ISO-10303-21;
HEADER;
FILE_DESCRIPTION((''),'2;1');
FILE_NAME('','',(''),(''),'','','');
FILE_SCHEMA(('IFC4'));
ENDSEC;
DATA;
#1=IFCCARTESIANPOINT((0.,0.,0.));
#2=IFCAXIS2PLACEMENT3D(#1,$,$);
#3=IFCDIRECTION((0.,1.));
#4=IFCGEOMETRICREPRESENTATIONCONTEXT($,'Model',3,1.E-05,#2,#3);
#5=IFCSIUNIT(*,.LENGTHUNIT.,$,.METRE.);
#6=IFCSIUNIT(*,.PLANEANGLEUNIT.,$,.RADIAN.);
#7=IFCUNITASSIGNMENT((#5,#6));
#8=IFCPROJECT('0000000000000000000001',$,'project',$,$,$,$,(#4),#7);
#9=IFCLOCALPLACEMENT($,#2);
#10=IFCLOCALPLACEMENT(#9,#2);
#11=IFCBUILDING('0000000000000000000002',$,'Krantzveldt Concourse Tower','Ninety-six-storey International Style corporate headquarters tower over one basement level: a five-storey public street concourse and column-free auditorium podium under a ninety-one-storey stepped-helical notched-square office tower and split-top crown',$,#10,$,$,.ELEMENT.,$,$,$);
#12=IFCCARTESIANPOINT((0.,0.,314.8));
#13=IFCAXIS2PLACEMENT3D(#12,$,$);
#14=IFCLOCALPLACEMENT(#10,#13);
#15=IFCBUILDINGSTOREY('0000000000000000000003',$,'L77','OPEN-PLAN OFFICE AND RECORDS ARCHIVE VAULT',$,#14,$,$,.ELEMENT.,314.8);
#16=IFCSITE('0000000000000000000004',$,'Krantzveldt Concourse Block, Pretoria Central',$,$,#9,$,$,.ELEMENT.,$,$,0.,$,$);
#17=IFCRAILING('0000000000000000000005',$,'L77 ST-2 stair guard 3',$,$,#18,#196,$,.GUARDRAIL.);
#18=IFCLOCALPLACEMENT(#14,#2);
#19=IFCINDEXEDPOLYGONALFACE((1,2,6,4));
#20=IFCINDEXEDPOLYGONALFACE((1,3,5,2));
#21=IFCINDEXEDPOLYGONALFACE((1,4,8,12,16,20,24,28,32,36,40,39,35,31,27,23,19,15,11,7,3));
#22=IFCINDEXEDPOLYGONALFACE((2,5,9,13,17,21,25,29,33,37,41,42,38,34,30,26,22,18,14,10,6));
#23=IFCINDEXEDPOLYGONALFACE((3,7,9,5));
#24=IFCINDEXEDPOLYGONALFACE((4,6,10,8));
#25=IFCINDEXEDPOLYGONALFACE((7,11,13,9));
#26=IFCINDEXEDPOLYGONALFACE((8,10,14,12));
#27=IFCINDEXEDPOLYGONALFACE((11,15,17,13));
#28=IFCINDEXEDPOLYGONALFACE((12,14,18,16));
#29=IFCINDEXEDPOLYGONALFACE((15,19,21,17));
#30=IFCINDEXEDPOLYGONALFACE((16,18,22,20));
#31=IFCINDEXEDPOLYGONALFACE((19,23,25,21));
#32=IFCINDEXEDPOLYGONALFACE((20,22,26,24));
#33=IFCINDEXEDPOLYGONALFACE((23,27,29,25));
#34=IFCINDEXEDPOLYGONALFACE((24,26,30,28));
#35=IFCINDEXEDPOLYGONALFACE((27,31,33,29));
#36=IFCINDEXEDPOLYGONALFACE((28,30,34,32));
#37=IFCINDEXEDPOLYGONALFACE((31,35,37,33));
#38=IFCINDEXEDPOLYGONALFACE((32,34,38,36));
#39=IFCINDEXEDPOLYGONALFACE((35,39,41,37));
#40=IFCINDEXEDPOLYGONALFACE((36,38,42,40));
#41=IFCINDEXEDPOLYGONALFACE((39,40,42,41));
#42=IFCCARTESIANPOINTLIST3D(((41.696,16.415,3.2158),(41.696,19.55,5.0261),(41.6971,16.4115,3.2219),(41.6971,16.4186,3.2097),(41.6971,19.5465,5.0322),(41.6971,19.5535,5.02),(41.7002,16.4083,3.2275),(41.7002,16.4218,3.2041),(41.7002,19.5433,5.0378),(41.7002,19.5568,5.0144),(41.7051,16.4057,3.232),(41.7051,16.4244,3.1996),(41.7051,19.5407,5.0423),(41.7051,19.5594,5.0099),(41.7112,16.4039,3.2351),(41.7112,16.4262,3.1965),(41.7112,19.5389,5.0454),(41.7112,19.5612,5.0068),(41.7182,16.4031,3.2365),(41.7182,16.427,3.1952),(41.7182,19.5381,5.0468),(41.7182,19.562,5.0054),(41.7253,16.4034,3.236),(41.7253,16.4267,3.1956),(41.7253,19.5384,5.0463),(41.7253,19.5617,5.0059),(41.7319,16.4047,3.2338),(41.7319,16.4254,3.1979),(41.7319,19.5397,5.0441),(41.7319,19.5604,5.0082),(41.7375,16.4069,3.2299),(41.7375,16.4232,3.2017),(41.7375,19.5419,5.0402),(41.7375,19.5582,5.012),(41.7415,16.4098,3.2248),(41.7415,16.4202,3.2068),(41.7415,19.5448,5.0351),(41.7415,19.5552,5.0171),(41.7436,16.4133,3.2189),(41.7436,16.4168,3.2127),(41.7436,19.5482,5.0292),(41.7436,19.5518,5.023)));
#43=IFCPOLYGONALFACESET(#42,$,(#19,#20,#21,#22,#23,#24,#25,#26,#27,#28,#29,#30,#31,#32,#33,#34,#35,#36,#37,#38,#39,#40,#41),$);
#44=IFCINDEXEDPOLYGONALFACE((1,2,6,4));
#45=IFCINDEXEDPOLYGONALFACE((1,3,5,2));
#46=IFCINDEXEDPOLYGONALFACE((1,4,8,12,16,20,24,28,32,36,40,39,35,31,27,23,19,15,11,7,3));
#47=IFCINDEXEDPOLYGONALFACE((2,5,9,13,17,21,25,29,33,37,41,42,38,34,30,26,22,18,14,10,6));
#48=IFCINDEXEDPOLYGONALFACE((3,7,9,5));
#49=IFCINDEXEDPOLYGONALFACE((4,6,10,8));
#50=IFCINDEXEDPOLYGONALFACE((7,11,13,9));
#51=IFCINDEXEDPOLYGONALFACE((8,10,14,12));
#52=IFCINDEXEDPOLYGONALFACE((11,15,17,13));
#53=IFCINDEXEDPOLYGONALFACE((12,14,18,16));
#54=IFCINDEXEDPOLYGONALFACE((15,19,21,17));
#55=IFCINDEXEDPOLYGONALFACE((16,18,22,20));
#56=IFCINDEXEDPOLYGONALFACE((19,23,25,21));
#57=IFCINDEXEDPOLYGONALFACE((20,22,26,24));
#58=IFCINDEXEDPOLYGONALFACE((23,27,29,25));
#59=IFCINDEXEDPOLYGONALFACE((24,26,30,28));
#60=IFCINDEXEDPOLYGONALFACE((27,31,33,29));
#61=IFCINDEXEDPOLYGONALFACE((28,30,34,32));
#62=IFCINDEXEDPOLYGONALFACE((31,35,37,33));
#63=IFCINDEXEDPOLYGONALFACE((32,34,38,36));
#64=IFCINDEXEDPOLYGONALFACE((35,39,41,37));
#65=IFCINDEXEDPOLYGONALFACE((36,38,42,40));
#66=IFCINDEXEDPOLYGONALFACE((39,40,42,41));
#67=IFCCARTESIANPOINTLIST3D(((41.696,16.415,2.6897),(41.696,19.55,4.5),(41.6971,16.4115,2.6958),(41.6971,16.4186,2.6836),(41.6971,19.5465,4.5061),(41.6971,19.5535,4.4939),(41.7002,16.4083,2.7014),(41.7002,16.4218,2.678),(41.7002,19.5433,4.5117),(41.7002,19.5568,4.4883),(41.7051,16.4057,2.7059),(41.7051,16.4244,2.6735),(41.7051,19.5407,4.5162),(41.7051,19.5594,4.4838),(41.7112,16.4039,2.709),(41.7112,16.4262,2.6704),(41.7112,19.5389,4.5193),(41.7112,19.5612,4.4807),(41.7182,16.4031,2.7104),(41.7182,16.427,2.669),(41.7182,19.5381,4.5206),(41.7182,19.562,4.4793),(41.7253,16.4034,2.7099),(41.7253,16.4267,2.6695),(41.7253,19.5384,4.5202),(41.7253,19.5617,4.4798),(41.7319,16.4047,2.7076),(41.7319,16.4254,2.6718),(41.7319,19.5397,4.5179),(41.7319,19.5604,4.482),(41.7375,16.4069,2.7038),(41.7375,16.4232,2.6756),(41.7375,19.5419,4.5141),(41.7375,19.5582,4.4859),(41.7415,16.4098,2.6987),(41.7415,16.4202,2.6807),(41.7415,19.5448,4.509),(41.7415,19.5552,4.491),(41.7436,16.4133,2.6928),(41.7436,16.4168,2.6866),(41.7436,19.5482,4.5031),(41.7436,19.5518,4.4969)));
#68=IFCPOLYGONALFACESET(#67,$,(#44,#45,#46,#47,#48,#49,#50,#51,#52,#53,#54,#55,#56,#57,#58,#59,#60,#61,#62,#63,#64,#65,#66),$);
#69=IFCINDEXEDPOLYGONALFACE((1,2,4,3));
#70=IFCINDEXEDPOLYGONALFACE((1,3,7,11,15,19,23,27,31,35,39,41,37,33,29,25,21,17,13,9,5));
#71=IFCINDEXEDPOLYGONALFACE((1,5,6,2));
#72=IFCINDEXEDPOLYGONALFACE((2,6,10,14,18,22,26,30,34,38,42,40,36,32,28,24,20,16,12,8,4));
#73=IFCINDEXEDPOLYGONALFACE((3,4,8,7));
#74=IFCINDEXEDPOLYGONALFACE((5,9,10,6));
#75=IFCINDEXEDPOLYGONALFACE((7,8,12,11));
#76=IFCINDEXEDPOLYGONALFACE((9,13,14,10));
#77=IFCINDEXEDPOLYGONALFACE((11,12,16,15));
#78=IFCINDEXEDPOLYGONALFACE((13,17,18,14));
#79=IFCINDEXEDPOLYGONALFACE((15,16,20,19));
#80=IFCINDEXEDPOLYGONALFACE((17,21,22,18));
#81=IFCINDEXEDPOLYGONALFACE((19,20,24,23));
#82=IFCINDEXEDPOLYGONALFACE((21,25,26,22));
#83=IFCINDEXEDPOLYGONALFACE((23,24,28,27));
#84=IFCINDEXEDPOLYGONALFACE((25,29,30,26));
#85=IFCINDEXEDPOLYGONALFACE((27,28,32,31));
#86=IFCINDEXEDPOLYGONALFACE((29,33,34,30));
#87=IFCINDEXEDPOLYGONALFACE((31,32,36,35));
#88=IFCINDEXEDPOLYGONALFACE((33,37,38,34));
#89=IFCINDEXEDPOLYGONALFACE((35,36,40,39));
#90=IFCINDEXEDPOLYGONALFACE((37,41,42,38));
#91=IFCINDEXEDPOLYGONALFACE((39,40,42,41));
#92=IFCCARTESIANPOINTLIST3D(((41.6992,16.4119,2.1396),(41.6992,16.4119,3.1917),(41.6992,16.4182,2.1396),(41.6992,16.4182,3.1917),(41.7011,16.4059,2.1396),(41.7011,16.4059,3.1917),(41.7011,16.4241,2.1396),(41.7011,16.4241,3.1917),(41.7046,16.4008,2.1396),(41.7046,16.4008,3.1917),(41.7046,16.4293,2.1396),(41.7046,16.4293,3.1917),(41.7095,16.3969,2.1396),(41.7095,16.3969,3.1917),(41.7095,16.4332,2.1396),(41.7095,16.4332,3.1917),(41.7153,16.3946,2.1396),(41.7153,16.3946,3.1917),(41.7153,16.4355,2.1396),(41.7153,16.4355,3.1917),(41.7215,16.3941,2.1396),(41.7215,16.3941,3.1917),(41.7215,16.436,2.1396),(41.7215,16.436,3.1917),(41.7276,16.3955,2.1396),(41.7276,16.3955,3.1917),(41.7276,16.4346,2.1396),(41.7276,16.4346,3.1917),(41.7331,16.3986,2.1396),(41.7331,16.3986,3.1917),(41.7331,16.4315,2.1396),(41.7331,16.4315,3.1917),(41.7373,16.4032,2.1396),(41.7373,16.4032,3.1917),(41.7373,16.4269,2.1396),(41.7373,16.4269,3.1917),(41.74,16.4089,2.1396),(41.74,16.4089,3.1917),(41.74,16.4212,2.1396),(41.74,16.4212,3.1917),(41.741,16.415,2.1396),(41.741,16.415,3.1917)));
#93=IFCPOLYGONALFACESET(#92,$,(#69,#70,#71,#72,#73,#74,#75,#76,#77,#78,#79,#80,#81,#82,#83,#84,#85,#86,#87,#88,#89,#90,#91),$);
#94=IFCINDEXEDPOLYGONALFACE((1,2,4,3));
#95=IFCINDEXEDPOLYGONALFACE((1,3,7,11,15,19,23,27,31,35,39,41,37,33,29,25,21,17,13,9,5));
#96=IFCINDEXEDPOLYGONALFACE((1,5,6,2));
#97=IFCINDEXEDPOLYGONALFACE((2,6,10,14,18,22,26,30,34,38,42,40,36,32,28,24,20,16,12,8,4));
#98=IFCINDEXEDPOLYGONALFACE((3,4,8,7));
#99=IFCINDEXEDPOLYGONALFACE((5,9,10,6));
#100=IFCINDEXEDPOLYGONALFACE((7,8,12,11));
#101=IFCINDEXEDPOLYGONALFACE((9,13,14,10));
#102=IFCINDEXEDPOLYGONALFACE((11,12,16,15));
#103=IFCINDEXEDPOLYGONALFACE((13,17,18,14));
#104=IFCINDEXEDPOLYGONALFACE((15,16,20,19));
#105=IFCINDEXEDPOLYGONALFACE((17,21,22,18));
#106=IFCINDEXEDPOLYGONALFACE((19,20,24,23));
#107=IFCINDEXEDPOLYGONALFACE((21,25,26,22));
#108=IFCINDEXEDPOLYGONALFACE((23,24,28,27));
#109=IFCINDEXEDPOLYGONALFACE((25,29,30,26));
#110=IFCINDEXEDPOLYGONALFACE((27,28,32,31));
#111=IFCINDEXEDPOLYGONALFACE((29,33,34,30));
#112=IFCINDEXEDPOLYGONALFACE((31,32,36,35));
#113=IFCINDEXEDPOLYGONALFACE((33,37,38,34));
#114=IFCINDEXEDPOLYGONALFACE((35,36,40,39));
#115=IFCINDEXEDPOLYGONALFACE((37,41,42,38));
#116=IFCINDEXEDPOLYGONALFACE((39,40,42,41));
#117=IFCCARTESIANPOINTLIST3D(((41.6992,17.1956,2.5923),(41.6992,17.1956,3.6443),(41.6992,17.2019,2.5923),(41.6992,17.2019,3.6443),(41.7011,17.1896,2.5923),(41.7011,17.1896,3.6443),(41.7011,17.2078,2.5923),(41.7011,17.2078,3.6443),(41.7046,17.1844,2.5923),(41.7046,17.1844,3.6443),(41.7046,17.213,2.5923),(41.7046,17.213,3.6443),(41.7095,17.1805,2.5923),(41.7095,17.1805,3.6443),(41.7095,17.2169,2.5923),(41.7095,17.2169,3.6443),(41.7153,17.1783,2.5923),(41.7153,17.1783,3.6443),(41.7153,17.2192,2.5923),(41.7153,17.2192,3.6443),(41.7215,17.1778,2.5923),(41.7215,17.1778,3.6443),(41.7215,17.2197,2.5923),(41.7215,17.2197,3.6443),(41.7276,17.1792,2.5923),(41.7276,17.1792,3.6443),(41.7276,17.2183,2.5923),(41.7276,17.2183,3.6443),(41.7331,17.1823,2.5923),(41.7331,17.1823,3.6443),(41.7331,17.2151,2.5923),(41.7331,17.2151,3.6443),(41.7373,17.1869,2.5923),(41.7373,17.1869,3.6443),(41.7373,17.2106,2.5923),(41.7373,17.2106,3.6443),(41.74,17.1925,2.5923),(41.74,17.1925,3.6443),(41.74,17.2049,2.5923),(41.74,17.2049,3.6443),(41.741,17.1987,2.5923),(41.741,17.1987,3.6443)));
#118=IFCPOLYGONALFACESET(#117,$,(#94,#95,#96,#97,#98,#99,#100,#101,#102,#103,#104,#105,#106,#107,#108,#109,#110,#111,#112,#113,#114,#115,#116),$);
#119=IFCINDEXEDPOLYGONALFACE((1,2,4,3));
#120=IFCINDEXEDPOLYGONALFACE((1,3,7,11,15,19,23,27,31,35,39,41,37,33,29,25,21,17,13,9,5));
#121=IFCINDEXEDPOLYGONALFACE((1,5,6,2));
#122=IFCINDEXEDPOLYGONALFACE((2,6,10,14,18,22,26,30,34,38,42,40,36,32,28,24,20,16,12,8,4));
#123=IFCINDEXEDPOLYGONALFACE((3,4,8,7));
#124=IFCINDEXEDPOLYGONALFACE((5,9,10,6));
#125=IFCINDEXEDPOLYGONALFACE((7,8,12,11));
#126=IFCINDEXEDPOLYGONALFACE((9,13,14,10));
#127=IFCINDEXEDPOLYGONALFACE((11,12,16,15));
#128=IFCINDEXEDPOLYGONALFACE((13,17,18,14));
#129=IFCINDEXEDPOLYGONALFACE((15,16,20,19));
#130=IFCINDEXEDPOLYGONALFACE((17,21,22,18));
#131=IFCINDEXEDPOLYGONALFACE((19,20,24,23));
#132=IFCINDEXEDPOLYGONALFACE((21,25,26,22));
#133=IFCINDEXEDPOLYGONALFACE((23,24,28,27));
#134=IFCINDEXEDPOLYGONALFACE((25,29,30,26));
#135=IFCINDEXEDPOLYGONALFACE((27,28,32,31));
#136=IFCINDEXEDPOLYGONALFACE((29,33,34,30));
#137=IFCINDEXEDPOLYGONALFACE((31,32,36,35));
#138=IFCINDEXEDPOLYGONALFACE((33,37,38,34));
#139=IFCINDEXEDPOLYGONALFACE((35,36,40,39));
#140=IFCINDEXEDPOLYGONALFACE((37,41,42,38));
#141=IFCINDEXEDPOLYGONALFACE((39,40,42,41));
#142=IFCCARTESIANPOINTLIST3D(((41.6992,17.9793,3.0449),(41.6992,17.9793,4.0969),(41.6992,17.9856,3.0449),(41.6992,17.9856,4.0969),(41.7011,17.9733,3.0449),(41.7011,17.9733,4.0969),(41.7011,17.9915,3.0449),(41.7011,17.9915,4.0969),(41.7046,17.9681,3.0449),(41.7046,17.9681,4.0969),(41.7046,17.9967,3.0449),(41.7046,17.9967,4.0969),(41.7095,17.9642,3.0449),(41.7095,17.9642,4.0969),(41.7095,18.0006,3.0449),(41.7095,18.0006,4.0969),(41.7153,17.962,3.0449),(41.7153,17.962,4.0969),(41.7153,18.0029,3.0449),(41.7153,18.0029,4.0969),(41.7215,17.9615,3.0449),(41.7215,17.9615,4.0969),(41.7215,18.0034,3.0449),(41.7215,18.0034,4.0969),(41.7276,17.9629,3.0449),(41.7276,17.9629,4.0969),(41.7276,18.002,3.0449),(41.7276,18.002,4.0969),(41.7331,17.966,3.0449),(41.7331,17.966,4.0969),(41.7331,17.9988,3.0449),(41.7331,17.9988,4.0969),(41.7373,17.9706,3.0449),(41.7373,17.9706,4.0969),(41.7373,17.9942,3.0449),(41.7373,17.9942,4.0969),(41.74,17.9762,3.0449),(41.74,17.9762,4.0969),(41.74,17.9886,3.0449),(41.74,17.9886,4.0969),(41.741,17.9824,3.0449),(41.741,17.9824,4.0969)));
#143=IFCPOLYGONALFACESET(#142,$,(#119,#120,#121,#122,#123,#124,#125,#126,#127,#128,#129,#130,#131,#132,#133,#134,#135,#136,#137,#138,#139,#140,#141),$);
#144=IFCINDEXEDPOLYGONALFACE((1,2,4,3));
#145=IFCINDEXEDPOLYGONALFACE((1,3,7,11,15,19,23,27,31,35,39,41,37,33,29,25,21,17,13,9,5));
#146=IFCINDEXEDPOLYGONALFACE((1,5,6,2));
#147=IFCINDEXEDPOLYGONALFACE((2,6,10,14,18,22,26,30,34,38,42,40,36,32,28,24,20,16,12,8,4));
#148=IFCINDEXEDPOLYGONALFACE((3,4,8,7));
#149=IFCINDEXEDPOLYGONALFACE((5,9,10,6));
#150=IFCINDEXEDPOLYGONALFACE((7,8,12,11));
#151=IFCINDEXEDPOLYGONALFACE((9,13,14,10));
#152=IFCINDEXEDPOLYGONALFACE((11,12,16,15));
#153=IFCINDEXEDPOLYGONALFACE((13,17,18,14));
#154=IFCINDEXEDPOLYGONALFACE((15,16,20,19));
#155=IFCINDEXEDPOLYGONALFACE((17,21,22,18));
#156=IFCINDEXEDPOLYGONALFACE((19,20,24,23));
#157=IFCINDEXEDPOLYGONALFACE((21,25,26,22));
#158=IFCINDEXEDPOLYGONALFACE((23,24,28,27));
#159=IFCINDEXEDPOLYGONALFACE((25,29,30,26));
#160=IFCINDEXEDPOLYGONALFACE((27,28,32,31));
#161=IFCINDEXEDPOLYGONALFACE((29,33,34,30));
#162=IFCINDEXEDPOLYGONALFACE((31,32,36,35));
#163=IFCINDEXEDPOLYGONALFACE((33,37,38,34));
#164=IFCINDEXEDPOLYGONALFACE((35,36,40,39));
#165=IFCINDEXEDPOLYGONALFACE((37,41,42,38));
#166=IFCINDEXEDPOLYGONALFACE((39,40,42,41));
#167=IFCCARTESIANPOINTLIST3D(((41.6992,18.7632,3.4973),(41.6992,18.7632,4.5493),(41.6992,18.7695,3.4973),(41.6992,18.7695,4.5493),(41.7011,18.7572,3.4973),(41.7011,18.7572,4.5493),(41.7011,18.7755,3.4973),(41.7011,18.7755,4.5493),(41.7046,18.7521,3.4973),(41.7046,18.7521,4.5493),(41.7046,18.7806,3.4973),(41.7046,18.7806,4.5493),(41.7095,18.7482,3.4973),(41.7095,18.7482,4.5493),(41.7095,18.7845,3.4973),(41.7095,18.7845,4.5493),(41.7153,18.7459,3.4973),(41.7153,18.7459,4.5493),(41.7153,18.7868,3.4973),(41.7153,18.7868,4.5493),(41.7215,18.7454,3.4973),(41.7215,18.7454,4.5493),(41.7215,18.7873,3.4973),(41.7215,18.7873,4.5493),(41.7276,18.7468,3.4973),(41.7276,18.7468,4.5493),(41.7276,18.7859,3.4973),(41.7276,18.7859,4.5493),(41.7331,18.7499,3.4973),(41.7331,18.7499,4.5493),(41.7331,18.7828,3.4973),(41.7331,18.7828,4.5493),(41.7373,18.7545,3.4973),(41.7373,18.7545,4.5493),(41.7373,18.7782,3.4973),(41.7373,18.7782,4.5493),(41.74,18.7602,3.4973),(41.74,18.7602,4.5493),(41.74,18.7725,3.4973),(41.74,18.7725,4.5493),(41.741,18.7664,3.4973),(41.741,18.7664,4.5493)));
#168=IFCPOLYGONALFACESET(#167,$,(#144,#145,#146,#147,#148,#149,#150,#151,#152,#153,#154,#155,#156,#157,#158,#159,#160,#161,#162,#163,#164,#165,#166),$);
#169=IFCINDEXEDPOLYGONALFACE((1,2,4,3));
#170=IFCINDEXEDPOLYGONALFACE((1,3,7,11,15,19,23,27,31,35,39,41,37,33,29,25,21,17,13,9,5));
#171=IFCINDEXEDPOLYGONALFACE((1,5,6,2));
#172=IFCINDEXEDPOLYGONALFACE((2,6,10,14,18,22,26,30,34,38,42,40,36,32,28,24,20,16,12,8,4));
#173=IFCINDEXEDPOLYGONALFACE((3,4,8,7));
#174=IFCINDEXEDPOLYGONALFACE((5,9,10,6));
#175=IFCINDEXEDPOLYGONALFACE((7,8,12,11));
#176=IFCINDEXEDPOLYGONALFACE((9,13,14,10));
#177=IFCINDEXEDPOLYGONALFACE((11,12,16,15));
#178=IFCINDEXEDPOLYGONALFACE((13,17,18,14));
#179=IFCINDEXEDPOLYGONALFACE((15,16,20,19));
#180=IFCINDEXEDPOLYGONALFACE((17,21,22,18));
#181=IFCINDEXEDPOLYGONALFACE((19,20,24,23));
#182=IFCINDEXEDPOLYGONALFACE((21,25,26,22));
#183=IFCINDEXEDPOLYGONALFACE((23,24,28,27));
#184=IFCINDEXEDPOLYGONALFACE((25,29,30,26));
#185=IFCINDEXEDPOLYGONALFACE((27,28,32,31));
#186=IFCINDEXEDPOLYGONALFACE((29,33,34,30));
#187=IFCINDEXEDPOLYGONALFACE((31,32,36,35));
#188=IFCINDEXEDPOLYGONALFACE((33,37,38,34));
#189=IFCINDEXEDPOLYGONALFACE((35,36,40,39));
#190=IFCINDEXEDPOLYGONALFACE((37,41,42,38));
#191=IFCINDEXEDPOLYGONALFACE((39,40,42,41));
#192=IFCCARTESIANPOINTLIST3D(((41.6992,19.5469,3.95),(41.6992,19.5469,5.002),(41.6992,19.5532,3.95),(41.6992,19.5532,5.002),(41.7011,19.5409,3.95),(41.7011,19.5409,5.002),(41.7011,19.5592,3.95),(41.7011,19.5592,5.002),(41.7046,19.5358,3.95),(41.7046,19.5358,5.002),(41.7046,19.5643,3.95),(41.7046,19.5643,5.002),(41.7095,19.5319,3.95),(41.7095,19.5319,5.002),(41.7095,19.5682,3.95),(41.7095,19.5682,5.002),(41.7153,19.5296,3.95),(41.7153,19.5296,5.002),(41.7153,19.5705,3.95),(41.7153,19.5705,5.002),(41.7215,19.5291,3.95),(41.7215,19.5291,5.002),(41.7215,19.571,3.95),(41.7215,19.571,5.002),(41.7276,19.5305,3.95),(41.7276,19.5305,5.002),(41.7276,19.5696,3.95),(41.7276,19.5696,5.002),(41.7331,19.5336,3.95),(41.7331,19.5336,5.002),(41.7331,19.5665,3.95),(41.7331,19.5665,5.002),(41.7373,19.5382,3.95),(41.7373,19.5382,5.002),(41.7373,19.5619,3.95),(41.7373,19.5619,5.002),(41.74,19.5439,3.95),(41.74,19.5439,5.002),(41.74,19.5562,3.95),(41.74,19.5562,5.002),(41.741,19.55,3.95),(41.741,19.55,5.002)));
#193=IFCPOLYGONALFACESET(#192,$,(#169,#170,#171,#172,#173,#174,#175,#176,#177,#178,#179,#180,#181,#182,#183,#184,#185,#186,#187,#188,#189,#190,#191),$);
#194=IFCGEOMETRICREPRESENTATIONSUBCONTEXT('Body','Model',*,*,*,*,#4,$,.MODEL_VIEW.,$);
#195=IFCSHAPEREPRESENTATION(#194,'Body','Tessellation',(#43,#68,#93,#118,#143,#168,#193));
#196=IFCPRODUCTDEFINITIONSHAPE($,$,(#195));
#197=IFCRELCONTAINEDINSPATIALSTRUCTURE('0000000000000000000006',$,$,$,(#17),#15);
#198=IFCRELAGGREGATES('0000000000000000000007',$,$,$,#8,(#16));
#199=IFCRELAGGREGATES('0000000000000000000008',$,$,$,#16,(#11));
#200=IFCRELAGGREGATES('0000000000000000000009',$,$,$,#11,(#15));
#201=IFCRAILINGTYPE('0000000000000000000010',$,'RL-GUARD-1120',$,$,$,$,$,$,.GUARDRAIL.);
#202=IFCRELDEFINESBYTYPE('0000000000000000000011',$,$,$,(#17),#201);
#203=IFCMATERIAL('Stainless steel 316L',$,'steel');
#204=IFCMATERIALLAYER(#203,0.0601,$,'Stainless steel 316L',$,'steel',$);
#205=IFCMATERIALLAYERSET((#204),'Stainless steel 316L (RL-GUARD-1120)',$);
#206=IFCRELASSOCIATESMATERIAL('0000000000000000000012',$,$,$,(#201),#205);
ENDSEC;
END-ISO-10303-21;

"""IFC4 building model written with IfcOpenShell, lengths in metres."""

from ifc_helpers import new_model, si_unit, direction, frame, origin, origin_2d, place, context, subcontext, project, spatial, circle, extrude, material, layer, layer_set, type_object, element, save


model = new_model("IFC4")

# Units and contexts
model_context = context("Model", 3, precision=1e-05, world=origin(), true_north=direction((0.0, 1.0)))
body_context = subcontext(model_context, "Body", "Model", "MODEL_VIEW")
ifc_project = project(units=[si_unit("LENGTHUNIT", "METRE"), si_unit("PLANEANGLEUNIT", "RADIAN")], contexts=[model_context])

# Site, building, storey
site_placement = place(None, origin())
site = spatial("IfcSite", under=ifc_project, at=site_placement, Name="Krantzveldt Concourse Block, Pretoria Central", CompositionType="ELEMENT", RefElevation=0.0)
building_placement = place(site_placement, origin())
building = spatial("IfcBuilding", under=site, at=building_placement, Name="Krantzveldt Concourse Tower", Description="Ninety-six-storey International Style corporate headquarters tower over one basement level: a five-storey public street concourse and column-free auditorium podium under a ninety-one-storey stepped-helical notched-square office tower and split-top crown", CompositionType="ELEMENT")
storey_placement = place(building_placement, frame((0.0, 0.0, 314.8)))
storey = spatial("IfcBuildingStorey", under=building, at=storey_placement, Name="L77", Description="OPEN-PLAN OFFICE AND RECORDS ARCHIVE VAULT", CompositionType="ELEMENT", Elevation=314.8)

# Shared definitions
ifc_material_1 = material(Name="Stainless steel 316L", Category="steel")

# Railing
ifc_layer_1 = layer(ifc_material_1, 0.0601, Name="Stainless steel 316L", Category="steel")
ifc_layer_set_1 = layer_set([ifc_layer_1], Name="Stainless steel 316L (RL-GUARD-1120)")
railing_type_1 = type_object("IfcRailingType", Name="RL-GUARD-1120", PredefinedType="GUARDRAIL", material=ifc_layer_set_1)
railing_1_placement = place(storey_placement, frame((41.72, 16.415, 2.1396)))
element("IfcRailing", 1, at=railing_1_placement, inside=storey, type_object=railing_type_1, Name="L77 ST-2 stair guard 3", PredefinedType="GUARDRAIL", context=body_context, shape_type="SweptSolid", body=[
    extrude(circle(Radius=0.0239, at=origin_2d()), frame((0.0, 0.0, 1.0762), z_axis=(0.0, 0.865989, 0.500063), x_axis=(-1.0, 0.0, 0.0)), (0.0, 0.0, 1.0), 3.6201),
    extrude(circle(Radius=0.0239, at=origin_2d()), frame((0.0, 0.0, 0.55), z_axis=(0.0, 0.865989, 0.500063), x_axis=(-1.0, 0.0, 0.0)), (0.0, 0.0, 1.0), 3.6201),
    extrude(circle(Radius=0.021, at=origin_2d()), origin(), (0.0, 0.0, 1.0), 1.052),
    extrude(circle(Radius=0.021, at=origin_2d()), frame((0.0, 0.7837, 0.4526)), (0.0, 0.0, 1.0), 1.052),
    extrude(circle(Radius=0.021, at=origin_2d()), frame((0.0, 1.5674, 0.9053)), (0.0, 0.0, 1.0), 1.052),
    extrude(circle(Radius=0.021, at=origin_2d()), frame((0.0, 2.3513, 1.3577)), (0.0, 0.0, 1.0), 1.052),
    extrude(circle(Radius=0.021, at=origin_2d()), frame((0.0, 3.135, 1.8103)), (0.0, 0.0, 1.0), 1.052),
])

save(model, "model.ifc")
